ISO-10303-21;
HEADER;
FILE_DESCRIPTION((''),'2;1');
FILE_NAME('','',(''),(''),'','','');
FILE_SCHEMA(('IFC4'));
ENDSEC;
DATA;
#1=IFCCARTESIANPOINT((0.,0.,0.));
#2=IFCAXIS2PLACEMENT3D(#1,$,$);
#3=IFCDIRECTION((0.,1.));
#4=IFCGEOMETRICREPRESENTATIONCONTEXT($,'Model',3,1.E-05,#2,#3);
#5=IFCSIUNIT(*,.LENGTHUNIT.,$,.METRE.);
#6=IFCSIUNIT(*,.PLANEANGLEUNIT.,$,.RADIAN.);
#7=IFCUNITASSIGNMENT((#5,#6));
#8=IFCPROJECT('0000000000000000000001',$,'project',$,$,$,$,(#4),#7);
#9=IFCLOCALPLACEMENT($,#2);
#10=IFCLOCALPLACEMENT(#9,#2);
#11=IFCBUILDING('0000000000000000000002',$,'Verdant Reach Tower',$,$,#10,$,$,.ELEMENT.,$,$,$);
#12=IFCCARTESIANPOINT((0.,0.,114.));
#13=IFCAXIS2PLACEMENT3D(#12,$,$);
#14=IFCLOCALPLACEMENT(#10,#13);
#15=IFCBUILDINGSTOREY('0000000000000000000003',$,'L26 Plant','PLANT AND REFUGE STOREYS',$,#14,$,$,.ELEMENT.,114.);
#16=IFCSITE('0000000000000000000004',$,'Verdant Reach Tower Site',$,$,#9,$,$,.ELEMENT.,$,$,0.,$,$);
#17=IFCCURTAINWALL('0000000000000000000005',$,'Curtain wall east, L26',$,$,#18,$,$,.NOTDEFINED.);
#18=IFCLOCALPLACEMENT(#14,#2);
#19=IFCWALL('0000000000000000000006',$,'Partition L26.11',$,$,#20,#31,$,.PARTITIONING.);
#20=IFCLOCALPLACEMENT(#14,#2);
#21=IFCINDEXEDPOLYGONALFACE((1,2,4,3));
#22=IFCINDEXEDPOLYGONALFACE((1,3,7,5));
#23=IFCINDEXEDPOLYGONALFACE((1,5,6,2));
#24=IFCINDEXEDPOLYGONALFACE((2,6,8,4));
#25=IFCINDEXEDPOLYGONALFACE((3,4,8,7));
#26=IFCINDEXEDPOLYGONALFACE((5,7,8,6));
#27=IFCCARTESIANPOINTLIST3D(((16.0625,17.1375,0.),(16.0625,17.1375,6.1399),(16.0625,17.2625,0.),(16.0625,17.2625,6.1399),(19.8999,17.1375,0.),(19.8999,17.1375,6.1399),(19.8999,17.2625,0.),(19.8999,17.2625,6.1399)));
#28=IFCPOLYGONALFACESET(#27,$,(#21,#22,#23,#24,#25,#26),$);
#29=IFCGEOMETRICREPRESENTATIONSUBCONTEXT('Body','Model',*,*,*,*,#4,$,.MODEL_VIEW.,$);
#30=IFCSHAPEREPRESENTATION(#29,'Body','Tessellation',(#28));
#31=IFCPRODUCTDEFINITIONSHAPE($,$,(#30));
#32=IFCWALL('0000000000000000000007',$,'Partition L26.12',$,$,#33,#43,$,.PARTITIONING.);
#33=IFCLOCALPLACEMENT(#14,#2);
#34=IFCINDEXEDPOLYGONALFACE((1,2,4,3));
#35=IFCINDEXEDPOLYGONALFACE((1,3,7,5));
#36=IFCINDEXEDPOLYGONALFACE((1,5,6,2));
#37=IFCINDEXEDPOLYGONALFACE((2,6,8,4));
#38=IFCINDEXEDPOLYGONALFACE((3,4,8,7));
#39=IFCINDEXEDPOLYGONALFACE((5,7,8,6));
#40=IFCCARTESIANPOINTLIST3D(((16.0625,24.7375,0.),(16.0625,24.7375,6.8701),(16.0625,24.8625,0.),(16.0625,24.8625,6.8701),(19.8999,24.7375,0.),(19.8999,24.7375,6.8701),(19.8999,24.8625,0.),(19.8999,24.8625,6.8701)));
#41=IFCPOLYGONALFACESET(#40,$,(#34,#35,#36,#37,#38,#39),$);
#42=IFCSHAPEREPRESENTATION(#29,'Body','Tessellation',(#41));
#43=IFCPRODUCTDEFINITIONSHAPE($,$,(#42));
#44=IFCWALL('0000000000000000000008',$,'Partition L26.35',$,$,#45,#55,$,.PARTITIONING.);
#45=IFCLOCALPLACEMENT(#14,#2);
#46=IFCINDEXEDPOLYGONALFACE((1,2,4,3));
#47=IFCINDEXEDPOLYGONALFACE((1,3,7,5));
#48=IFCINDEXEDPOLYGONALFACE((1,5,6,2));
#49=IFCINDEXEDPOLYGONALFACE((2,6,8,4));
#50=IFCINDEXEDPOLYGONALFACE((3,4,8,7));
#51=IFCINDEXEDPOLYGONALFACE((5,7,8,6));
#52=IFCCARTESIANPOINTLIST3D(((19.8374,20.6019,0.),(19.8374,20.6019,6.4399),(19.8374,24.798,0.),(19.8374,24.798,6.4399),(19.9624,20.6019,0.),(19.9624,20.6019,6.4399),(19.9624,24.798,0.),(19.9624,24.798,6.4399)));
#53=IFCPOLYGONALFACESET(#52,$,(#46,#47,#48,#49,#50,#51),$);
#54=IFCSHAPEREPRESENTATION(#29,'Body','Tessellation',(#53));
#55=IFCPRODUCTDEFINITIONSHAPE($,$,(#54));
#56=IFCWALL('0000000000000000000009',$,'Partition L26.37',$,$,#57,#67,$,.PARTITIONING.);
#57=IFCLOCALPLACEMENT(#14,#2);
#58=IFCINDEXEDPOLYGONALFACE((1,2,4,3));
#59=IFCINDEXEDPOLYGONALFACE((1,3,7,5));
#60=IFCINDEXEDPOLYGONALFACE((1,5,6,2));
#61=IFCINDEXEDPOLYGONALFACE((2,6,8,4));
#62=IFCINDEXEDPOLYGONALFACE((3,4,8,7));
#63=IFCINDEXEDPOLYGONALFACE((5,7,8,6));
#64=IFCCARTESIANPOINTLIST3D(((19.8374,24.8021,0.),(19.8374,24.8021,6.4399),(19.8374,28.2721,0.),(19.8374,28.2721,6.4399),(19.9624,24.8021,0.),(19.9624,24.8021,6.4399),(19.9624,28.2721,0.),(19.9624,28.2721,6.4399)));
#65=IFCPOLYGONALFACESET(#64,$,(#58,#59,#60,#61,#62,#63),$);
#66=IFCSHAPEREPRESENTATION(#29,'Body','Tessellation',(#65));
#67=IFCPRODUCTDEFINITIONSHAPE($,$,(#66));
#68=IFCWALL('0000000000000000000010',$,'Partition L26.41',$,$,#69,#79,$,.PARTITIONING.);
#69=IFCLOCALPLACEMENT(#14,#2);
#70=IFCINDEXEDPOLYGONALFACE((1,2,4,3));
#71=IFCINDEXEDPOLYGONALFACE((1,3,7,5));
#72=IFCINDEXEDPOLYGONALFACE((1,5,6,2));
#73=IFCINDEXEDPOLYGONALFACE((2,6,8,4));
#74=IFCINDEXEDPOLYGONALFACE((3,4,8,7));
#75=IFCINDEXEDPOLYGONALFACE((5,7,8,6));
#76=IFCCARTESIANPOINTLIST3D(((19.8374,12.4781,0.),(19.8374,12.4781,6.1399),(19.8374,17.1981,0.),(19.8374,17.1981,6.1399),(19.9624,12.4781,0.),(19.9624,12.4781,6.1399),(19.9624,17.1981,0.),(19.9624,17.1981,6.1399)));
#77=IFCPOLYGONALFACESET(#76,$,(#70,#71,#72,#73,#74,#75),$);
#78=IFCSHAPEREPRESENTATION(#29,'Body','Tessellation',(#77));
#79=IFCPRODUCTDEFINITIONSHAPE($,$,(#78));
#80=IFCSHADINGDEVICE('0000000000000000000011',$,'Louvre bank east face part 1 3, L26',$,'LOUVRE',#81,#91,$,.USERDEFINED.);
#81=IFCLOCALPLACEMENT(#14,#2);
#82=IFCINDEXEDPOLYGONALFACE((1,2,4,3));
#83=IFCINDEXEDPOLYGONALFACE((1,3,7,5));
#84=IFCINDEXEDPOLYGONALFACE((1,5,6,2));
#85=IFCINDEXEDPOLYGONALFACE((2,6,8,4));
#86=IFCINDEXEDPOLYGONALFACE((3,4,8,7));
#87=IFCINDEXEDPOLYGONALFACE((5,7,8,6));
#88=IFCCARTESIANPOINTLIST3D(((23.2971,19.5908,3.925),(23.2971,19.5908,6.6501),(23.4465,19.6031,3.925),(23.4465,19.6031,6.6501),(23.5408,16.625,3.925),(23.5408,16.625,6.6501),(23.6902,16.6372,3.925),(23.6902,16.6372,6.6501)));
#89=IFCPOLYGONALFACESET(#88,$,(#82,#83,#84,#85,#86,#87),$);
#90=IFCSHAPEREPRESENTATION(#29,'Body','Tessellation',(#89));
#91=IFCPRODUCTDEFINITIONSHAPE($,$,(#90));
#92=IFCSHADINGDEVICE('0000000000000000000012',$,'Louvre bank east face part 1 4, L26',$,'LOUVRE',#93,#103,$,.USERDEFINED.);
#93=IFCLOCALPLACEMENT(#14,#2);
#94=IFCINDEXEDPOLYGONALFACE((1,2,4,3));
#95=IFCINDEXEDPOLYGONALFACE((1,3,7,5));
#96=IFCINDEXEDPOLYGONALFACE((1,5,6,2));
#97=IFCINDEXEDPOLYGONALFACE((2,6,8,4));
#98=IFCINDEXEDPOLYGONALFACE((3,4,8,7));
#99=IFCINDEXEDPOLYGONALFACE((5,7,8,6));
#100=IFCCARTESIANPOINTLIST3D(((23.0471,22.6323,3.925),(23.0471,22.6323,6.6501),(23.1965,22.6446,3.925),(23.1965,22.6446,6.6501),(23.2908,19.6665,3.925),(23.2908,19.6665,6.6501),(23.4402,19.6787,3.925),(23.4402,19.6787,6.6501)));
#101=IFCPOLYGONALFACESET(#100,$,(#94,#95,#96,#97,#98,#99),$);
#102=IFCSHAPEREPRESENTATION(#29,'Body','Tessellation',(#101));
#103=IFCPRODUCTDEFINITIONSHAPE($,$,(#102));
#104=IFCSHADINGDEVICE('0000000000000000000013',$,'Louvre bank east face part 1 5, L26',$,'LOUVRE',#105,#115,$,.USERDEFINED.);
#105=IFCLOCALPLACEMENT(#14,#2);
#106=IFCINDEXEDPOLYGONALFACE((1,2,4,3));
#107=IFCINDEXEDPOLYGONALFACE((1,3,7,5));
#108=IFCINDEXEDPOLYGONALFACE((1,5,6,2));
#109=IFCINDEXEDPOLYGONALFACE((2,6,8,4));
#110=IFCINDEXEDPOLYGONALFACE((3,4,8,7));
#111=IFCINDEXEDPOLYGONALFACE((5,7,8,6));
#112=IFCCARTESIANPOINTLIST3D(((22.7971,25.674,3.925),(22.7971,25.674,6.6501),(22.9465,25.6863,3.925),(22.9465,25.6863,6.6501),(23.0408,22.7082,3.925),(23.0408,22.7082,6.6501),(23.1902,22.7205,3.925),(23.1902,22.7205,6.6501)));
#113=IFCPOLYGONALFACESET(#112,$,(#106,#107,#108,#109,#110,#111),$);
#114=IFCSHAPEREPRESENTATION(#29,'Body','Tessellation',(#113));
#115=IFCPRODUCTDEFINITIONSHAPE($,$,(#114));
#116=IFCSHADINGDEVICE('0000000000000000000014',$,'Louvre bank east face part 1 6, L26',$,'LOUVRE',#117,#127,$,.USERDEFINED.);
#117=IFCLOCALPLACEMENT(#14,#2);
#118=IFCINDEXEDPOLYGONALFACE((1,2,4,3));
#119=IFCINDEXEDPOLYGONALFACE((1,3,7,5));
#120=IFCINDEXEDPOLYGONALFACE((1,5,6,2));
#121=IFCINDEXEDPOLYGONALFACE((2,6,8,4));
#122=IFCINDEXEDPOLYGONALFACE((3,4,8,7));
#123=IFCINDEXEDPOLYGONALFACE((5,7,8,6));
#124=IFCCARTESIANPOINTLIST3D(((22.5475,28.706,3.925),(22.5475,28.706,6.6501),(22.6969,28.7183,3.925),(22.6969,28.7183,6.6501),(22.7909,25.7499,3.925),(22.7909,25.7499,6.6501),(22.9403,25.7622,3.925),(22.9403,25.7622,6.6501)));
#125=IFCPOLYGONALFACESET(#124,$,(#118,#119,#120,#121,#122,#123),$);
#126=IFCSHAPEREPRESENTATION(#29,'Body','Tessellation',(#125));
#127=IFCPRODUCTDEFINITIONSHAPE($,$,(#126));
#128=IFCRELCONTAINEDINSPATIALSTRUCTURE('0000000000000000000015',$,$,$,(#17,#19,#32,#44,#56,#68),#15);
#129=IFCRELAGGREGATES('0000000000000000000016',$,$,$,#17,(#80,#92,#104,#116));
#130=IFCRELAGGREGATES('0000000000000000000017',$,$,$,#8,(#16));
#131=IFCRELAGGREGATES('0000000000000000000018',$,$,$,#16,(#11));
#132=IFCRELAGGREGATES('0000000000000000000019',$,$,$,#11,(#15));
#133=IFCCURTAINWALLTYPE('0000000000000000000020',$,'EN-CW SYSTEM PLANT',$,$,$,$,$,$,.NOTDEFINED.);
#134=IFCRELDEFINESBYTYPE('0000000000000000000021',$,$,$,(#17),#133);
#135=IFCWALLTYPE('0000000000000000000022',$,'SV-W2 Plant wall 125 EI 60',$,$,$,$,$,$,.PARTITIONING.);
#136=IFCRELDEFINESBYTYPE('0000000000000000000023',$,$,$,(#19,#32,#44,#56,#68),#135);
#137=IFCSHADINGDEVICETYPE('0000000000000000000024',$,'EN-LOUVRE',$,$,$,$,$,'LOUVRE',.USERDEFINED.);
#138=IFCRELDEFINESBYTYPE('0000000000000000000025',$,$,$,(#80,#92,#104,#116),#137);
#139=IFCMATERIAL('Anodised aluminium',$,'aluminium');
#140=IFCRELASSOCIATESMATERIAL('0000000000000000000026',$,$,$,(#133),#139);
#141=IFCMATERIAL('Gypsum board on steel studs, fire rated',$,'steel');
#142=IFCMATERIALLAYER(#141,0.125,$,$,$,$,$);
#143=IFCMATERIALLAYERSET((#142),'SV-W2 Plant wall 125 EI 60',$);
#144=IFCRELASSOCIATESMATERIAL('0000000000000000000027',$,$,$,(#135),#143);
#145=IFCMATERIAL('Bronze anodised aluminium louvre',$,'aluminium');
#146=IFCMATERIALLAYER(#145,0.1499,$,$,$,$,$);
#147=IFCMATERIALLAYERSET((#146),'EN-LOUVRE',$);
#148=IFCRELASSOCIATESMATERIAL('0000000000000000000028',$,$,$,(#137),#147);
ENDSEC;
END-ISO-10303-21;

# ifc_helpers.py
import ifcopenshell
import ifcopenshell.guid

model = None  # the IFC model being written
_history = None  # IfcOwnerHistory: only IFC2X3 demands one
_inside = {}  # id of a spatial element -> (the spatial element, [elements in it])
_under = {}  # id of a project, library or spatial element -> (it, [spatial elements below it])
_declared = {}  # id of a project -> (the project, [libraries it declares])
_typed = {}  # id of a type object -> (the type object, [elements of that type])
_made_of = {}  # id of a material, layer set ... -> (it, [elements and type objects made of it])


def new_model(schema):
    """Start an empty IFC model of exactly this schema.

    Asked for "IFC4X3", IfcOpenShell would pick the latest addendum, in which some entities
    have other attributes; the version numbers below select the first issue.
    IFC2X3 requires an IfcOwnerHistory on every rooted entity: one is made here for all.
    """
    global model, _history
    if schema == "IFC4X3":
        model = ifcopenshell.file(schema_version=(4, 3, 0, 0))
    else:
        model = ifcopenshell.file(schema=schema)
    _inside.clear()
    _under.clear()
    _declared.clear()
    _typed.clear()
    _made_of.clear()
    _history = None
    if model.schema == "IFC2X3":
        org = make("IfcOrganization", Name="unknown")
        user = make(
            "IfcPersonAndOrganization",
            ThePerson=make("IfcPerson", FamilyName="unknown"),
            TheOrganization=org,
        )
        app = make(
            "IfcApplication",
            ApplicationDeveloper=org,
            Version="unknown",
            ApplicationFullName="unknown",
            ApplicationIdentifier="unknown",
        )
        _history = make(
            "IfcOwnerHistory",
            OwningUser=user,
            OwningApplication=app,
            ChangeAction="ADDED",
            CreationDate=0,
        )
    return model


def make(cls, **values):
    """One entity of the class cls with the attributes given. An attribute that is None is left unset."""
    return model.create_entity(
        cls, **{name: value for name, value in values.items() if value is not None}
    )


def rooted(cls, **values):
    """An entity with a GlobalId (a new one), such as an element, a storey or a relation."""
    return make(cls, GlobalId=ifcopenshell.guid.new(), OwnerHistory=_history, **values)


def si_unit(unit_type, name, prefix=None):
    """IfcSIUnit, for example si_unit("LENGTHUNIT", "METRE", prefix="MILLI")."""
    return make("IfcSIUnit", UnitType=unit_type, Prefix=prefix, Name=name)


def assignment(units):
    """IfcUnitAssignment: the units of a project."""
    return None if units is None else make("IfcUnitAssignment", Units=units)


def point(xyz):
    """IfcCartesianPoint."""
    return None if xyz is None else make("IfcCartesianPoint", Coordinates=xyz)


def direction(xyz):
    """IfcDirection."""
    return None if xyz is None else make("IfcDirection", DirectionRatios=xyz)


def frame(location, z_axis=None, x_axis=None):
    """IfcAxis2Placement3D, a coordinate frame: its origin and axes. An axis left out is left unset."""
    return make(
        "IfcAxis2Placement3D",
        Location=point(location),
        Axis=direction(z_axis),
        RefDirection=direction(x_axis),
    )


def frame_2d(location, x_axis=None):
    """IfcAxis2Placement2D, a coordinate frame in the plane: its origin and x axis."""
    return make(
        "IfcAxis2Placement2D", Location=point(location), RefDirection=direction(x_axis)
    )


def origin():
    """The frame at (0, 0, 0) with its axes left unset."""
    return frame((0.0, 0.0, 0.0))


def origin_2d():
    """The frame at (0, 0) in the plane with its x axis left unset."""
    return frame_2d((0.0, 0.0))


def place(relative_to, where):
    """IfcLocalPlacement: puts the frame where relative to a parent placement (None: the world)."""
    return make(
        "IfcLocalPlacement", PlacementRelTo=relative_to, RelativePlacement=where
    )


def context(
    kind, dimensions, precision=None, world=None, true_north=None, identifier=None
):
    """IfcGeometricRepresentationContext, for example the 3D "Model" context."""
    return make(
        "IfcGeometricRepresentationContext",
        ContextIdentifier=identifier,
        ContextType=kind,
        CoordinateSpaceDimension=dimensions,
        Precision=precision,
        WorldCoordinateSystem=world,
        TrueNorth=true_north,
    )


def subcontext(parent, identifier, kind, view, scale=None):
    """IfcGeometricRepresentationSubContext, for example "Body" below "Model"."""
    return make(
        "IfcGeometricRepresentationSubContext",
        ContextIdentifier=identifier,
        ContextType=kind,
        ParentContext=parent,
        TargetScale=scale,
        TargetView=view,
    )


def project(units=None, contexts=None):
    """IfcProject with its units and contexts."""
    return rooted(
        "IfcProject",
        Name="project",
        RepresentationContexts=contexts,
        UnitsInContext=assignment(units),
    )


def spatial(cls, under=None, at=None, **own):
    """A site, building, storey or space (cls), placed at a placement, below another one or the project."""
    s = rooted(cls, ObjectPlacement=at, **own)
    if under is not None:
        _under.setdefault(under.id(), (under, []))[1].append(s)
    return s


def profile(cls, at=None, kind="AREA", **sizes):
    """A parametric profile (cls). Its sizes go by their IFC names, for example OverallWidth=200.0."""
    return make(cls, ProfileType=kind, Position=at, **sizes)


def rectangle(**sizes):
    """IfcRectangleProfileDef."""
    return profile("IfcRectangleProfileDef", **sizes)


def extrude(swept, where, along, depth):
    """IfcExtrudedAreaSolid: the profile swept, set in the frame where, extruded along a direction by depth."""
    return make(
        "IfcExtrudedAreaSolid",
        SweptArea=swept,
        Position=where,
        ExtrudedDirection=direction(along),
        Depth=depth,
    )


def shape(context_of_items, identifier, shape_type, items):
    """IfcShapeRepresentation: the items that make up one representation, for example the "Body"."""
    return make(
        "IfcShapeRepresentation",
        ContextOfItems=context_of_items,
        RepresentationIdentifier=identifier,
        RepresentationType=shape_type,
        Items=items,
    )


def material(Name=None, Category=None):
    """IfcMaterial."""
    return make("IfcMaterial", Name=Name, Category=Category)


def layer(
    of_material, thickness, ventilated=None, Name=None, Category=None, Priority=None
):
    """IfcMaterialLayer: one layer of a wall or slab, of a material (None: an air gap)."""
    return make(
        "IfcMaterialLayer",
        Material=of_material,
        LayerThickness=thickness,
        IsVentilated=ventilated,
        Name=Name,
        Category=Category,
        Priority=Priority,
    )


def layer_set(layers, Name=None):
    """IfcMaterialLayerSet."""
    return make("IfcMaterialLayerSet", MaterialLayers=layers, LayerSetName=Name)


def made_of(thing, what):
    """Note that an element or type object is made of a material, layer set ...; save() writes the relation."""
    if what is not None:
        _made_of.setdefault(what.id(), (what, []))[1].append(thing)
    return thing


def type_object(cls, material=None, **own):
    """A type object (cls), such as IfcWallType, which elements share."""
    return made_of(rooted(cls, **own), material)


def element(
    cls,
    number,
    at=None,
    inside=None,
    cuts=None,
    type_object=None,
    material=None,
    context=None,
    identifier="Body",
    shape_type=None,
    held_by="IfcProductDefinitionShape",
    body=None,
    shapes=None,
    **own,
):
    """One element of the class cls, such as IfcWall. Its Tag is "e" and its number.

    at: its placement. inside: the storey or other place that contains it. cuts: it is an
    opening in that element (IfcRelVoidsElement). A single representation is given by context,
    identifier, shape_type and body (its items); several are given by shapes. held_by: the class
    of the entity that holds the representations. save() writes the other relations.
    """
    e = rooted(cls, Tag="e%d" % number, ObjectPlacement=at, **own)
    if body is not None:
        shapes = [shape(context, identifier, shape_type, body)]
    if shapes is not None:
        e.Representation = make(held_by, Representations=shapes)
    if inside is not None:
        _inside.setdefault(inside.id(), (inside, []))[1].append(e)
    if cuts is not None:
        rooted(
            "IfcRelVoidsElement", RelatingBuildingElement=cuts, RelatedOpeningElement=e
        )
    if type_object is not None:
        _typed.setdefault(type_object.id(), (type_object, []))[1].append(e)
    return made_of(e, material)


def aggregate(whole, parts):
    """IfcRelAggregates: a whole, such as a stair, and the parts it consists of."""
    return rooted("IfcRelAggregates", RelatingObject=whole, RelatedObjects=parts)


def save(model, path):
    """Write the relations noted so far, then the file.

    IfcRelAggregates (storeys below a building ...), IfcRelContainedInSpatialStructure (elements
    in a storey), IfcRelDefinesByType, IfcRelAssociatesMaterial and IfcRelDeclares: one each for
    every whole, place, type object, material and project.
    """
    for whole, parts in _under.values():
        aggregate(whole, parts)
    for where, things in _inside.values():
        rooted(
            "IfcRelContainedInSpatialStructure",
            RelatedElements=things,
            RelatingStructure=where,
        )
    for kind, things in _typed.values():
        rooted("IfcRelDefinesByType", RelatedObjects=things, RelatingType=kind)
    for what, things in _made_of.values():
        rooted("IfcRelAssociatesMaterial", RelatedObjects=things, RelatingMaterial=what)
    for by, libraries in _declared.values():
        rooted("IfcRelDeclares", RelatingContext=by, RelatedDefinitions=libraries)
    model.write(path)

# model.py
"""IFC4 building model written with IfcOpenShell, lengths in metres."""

from ifc_helpers import new_model, si_unit, direction, frame, frame_2d, origin, origin_2d, place, context, subcontext, project, spatial, rectangle, extrude, material, layer, layer_set, type_object, element, aggregate, save


model = new_model("IFC4")

# Units and contexts
model_context = context("Model", 3, precision=1e-05, world=origin(), true_north=direction((0.0, 1.0)))
body_context = subcontext(model_context, "Body", "Model", "MODEL_VIEW")
ifc_project = project(units=[si_unit("LENGTHUNIT", "METRE"), si_unit("PLANEANGLEUNIT", "RADIAN")], contexts=[model_context])

# Site, building, storey
site_placement = place(None, origin())
site = spatial("IfcSite", under=ifc_project, at=site_placement, Name="Verdant Reach Tower Site", CompositionType="ELEMENT", RefElevation=0.0)
building_placement = place(site_placement, origin())
building = spatial("IfcBuilding", under=site, at=building_placement, Name="Verdant Reach Tower", CompositionType="ELEMENT")
storey_placement = place(building_placement, frame((0.0, 0.0, 114.0)))
storey = spatial("IfcBuildingStorey", under=building, at=storey_placement, Name="L26 Plant", Description="PLANT AND REFUGE STOREYS", CompositionType="ELEMENT", Elevation=114.0)

# Curtain wall
ifc_material_1 = material(Name="Anodised aluminium", Category="aluminium")
curtain_wall_type = type_object("IfcCurtainWallType", Name="EN-CW SYSTEM PLANT", PredefinedType="NOTDEFINED", material=ifc_material_1)
curtain_wall_placement = place(storey_placement, origin())
curtain_wall = element("IfcCurtainWall", 1, at=curtain_wall_placement, inside=storey, type_object=curtain_wall_type, Name="Curtain wall east, L26", PredefinedType="NOTDEFINED")

# Shared definitions
ifc_material_2 = material(Name="Gypsum board on steel studs, fire rated", Category="steel")
ifc_layer_1 = layer(ifc_material_2, 0.125)
ifc_layer_set_1 = layer_set([ifc_layer_1], Name="SV-W2 Plant wall 125 EI 60")
wall_type_1 = type_object("IfcWallType", Name="SV-W2 Plant wall 125 EI 60", PredefinedType="PARTITIONING", material=ifc_layer_set_1)

# Walls
wall_1_placement = place(storey_placement, frame((19.8999, 17.2, 0.0), z_axis=(0.0, 0.0, 1.0), x_axis=(-1.0, 0.0, 0.0)))
element("IfcWall", 2, at=wall_1_placement, inside=storey, type_object=wall_type_1, Name="Partition L26.11", PredefinedType="PARTITIONING", context=body_context, shape_type="SweptSolid", body=[
    extrude(rectangle(XDim=3.8374, YDim=0.125, at=frame_2d((1.9187, 0.0))), origin(), (0.0, 0.0, 1.0), 6.1399),
])
wall_2_placement = place(storey_placement, frame((16.0625, 24.8, 0.0), z_axis=(0.0, 0.0, 1.0), x_axis=(1.0, 0.0, 0.0)))
element("IfcWall", 3, at=wall_2_placement, inside=storey, type_object=wall_type_1, Name="Partition L26.12", PredefinedType="PARTITIONING", context=body_context, shape_type="SweptSolid", body=[
    extrude(rectangle(XDim=3.8374, YDim=0.125, at=frame_2d((1.9187, 0.0))), origin(), (0.0, 0.0, 1.0), 6.8701),
])
wall_3_placement = place(storey_placement, frame((19.8999, 24.7981, 0.0), z_axis=(0.0, 0.0, 1.0), x_axis=(0.0, -1.0, 0.0)))
element("IfcWall", 4, at=wall_3_placement, inside=storey, type_object=wall_type_1, Name="Partition L26.35", PredefinedType="PARTITIONING", context=body_context, shape_type="SweptSolid", body=[
    extrude(rectangle(XDim=4.196, YDim=0.125, at=frame_2d((2.0981, 0.0))), origin(), (0.0, 0.0, 1.0), 6.4399),
])
wall_4_placement = place(storey_placement, frame((19.8999, 28.272, 0.0), z_axis=(0.0, 0.0, 1.0), x_axis=(0.0, -1.0, 0.0)))
element("IfcWall", 5, at=wall_4_placement, inside=storey, type_object=wall_type_1, Name="Partition L26.37", PredefinedType="PARTITIONING", context=body_context, shape_type="SweptSolid", body=[
    extrude(rectangle(XDim=3.47, YDim=0.125, at=frame_2d((1.7349, 0.0))), origin(), (0.0, 0.0, 1.0), 6.4399),
])
wall_5_placement = place(storey_placement, frame((19.8999, 17.198, 0.0), z_axis=(0.0, 0.0, 1.0), x_axis=(0.0, -1.0, 0.0)))
element("IfcWall", 6, at=wall_5_placement, inside=storey, type_object=wall_type_1, Name="Partition L26.41", PredefinedType="PARTITIONING", context=body_context, shape_type="SweptSolid", body=[
    extrude(rectangle(XDim=4.72, YDim=0.125, at=frame_2d((2.3599, 0.0))), origin(), (0.0, 0.0, 1.0), 6.1399),
])

# Shading devices
ifc_material_3 = material(Name="Bronze anodised aluminium louvre", Category="aluminium")
ifc_layer_2 = layer(ifc_material_3, 0.1499)
ifc_layer_set_2 = layer_set([ifc_layer_2], Name="EN-LOUVRE")
shading_device_type = type_object("IfcShadingDeviceType", Name="EN-LOUVRE", ElementType="LOUVRE", PredefinedType="USERDEFINED", material=ifc_layer_set_2)
shading_device_1_placement = place(storey_placement, frame((23.4937, 18.114, 3.925), z_axis=(0.0, 0.0, 1.0), x_axis=(-0.081916, 0.996639, 0.0)))
shading_device_1 = element("IfcShadingDevice", 7, at=shading_device_1_placement, type_object=shading_device_type, Name="Louvre bank east face part 1 3, L26", ObjectType="LOUVRE", PredefinedType="USERDEFINED", context=body_context, shape_type="SweptSolid", body=[
    extrude(rectangle(XDim=2.9758, YDim=0.1499, at=origin_2d()), origin(), (0.0, 0.0, 1.0), 2.7251),
])
shading_device_2_placement = place(storey_placement, frame((23.2437, 21.1555, 3.925), z_axis=(0.0, 0.0, 1.0), x_axis=(-0.081916, 0.996639, 0.0)))
shading_device_2 = element("IfcShadingDevice", 8, at=shading_device_2_placement, type_object=shading_device_type, Name="Louvre bank east face part 1 4, L26", ObjectType="LOUVRE", PredefinedType="USERDEFINED", context=body_context, shape_type="SweptSolid", body=[
    extrude(rectangle(XDim=2.9758, YDim=0.1499, at=origin_2d()), origin(), (0.0, 0.0, 1.0), 2.7251),
])
shading_device_3_placement = place(storey_placement, frame((22.9937, 24.1973, 3.925), z_axis=(0.0, 0.0, 1.0), x_axis=(-0.081916, 0.996639, 0.0)))
shading_device_3 = element("IfcShadingDevice", 9, at=shading_device_3_placement, type_object=shading_device_type, Name="Louvre bank east face part 1 5, L26", ObjectType="LOUVRE", PredefinedType="USERDEFINED", context=body_context, shape_type="SweptSolid", body=[
    extrude(rectangle(XDim=2.9758, YDim=0.1499, at=origin_2d()), origin(), (0.0, 0.0, 1.0), 2.7251),
])
shading_device_4_placement = place(storey_placement, frame((22.7439, 27.2341, 3.925), z_axis=(0.0, 0.0, 1.0), x_axis=(-0.082047, 0.996628, 0.0)))
shading_device_4 = element("IfcShadingDevice", 10, at=shading_device_4_placement, type_object=shading_device_type, Name="Louvre bank east face part 1 6, L26", ObjectType="LOUVRE", PredefinedType="USERDEFINED", context=body_context, shape_type="SweptSolid", body=[
    extrude(rectangle(XDim=2.9661, YDim=0.1499, at=origin_2d()), origin(), (0.0, 0.0, 1.0), 2.7251),
])
aggregate(curtain_wall, [shading_device_1, shading_device_2, shading_device_3, shading_device_4])

save(model, "model.ifc")
